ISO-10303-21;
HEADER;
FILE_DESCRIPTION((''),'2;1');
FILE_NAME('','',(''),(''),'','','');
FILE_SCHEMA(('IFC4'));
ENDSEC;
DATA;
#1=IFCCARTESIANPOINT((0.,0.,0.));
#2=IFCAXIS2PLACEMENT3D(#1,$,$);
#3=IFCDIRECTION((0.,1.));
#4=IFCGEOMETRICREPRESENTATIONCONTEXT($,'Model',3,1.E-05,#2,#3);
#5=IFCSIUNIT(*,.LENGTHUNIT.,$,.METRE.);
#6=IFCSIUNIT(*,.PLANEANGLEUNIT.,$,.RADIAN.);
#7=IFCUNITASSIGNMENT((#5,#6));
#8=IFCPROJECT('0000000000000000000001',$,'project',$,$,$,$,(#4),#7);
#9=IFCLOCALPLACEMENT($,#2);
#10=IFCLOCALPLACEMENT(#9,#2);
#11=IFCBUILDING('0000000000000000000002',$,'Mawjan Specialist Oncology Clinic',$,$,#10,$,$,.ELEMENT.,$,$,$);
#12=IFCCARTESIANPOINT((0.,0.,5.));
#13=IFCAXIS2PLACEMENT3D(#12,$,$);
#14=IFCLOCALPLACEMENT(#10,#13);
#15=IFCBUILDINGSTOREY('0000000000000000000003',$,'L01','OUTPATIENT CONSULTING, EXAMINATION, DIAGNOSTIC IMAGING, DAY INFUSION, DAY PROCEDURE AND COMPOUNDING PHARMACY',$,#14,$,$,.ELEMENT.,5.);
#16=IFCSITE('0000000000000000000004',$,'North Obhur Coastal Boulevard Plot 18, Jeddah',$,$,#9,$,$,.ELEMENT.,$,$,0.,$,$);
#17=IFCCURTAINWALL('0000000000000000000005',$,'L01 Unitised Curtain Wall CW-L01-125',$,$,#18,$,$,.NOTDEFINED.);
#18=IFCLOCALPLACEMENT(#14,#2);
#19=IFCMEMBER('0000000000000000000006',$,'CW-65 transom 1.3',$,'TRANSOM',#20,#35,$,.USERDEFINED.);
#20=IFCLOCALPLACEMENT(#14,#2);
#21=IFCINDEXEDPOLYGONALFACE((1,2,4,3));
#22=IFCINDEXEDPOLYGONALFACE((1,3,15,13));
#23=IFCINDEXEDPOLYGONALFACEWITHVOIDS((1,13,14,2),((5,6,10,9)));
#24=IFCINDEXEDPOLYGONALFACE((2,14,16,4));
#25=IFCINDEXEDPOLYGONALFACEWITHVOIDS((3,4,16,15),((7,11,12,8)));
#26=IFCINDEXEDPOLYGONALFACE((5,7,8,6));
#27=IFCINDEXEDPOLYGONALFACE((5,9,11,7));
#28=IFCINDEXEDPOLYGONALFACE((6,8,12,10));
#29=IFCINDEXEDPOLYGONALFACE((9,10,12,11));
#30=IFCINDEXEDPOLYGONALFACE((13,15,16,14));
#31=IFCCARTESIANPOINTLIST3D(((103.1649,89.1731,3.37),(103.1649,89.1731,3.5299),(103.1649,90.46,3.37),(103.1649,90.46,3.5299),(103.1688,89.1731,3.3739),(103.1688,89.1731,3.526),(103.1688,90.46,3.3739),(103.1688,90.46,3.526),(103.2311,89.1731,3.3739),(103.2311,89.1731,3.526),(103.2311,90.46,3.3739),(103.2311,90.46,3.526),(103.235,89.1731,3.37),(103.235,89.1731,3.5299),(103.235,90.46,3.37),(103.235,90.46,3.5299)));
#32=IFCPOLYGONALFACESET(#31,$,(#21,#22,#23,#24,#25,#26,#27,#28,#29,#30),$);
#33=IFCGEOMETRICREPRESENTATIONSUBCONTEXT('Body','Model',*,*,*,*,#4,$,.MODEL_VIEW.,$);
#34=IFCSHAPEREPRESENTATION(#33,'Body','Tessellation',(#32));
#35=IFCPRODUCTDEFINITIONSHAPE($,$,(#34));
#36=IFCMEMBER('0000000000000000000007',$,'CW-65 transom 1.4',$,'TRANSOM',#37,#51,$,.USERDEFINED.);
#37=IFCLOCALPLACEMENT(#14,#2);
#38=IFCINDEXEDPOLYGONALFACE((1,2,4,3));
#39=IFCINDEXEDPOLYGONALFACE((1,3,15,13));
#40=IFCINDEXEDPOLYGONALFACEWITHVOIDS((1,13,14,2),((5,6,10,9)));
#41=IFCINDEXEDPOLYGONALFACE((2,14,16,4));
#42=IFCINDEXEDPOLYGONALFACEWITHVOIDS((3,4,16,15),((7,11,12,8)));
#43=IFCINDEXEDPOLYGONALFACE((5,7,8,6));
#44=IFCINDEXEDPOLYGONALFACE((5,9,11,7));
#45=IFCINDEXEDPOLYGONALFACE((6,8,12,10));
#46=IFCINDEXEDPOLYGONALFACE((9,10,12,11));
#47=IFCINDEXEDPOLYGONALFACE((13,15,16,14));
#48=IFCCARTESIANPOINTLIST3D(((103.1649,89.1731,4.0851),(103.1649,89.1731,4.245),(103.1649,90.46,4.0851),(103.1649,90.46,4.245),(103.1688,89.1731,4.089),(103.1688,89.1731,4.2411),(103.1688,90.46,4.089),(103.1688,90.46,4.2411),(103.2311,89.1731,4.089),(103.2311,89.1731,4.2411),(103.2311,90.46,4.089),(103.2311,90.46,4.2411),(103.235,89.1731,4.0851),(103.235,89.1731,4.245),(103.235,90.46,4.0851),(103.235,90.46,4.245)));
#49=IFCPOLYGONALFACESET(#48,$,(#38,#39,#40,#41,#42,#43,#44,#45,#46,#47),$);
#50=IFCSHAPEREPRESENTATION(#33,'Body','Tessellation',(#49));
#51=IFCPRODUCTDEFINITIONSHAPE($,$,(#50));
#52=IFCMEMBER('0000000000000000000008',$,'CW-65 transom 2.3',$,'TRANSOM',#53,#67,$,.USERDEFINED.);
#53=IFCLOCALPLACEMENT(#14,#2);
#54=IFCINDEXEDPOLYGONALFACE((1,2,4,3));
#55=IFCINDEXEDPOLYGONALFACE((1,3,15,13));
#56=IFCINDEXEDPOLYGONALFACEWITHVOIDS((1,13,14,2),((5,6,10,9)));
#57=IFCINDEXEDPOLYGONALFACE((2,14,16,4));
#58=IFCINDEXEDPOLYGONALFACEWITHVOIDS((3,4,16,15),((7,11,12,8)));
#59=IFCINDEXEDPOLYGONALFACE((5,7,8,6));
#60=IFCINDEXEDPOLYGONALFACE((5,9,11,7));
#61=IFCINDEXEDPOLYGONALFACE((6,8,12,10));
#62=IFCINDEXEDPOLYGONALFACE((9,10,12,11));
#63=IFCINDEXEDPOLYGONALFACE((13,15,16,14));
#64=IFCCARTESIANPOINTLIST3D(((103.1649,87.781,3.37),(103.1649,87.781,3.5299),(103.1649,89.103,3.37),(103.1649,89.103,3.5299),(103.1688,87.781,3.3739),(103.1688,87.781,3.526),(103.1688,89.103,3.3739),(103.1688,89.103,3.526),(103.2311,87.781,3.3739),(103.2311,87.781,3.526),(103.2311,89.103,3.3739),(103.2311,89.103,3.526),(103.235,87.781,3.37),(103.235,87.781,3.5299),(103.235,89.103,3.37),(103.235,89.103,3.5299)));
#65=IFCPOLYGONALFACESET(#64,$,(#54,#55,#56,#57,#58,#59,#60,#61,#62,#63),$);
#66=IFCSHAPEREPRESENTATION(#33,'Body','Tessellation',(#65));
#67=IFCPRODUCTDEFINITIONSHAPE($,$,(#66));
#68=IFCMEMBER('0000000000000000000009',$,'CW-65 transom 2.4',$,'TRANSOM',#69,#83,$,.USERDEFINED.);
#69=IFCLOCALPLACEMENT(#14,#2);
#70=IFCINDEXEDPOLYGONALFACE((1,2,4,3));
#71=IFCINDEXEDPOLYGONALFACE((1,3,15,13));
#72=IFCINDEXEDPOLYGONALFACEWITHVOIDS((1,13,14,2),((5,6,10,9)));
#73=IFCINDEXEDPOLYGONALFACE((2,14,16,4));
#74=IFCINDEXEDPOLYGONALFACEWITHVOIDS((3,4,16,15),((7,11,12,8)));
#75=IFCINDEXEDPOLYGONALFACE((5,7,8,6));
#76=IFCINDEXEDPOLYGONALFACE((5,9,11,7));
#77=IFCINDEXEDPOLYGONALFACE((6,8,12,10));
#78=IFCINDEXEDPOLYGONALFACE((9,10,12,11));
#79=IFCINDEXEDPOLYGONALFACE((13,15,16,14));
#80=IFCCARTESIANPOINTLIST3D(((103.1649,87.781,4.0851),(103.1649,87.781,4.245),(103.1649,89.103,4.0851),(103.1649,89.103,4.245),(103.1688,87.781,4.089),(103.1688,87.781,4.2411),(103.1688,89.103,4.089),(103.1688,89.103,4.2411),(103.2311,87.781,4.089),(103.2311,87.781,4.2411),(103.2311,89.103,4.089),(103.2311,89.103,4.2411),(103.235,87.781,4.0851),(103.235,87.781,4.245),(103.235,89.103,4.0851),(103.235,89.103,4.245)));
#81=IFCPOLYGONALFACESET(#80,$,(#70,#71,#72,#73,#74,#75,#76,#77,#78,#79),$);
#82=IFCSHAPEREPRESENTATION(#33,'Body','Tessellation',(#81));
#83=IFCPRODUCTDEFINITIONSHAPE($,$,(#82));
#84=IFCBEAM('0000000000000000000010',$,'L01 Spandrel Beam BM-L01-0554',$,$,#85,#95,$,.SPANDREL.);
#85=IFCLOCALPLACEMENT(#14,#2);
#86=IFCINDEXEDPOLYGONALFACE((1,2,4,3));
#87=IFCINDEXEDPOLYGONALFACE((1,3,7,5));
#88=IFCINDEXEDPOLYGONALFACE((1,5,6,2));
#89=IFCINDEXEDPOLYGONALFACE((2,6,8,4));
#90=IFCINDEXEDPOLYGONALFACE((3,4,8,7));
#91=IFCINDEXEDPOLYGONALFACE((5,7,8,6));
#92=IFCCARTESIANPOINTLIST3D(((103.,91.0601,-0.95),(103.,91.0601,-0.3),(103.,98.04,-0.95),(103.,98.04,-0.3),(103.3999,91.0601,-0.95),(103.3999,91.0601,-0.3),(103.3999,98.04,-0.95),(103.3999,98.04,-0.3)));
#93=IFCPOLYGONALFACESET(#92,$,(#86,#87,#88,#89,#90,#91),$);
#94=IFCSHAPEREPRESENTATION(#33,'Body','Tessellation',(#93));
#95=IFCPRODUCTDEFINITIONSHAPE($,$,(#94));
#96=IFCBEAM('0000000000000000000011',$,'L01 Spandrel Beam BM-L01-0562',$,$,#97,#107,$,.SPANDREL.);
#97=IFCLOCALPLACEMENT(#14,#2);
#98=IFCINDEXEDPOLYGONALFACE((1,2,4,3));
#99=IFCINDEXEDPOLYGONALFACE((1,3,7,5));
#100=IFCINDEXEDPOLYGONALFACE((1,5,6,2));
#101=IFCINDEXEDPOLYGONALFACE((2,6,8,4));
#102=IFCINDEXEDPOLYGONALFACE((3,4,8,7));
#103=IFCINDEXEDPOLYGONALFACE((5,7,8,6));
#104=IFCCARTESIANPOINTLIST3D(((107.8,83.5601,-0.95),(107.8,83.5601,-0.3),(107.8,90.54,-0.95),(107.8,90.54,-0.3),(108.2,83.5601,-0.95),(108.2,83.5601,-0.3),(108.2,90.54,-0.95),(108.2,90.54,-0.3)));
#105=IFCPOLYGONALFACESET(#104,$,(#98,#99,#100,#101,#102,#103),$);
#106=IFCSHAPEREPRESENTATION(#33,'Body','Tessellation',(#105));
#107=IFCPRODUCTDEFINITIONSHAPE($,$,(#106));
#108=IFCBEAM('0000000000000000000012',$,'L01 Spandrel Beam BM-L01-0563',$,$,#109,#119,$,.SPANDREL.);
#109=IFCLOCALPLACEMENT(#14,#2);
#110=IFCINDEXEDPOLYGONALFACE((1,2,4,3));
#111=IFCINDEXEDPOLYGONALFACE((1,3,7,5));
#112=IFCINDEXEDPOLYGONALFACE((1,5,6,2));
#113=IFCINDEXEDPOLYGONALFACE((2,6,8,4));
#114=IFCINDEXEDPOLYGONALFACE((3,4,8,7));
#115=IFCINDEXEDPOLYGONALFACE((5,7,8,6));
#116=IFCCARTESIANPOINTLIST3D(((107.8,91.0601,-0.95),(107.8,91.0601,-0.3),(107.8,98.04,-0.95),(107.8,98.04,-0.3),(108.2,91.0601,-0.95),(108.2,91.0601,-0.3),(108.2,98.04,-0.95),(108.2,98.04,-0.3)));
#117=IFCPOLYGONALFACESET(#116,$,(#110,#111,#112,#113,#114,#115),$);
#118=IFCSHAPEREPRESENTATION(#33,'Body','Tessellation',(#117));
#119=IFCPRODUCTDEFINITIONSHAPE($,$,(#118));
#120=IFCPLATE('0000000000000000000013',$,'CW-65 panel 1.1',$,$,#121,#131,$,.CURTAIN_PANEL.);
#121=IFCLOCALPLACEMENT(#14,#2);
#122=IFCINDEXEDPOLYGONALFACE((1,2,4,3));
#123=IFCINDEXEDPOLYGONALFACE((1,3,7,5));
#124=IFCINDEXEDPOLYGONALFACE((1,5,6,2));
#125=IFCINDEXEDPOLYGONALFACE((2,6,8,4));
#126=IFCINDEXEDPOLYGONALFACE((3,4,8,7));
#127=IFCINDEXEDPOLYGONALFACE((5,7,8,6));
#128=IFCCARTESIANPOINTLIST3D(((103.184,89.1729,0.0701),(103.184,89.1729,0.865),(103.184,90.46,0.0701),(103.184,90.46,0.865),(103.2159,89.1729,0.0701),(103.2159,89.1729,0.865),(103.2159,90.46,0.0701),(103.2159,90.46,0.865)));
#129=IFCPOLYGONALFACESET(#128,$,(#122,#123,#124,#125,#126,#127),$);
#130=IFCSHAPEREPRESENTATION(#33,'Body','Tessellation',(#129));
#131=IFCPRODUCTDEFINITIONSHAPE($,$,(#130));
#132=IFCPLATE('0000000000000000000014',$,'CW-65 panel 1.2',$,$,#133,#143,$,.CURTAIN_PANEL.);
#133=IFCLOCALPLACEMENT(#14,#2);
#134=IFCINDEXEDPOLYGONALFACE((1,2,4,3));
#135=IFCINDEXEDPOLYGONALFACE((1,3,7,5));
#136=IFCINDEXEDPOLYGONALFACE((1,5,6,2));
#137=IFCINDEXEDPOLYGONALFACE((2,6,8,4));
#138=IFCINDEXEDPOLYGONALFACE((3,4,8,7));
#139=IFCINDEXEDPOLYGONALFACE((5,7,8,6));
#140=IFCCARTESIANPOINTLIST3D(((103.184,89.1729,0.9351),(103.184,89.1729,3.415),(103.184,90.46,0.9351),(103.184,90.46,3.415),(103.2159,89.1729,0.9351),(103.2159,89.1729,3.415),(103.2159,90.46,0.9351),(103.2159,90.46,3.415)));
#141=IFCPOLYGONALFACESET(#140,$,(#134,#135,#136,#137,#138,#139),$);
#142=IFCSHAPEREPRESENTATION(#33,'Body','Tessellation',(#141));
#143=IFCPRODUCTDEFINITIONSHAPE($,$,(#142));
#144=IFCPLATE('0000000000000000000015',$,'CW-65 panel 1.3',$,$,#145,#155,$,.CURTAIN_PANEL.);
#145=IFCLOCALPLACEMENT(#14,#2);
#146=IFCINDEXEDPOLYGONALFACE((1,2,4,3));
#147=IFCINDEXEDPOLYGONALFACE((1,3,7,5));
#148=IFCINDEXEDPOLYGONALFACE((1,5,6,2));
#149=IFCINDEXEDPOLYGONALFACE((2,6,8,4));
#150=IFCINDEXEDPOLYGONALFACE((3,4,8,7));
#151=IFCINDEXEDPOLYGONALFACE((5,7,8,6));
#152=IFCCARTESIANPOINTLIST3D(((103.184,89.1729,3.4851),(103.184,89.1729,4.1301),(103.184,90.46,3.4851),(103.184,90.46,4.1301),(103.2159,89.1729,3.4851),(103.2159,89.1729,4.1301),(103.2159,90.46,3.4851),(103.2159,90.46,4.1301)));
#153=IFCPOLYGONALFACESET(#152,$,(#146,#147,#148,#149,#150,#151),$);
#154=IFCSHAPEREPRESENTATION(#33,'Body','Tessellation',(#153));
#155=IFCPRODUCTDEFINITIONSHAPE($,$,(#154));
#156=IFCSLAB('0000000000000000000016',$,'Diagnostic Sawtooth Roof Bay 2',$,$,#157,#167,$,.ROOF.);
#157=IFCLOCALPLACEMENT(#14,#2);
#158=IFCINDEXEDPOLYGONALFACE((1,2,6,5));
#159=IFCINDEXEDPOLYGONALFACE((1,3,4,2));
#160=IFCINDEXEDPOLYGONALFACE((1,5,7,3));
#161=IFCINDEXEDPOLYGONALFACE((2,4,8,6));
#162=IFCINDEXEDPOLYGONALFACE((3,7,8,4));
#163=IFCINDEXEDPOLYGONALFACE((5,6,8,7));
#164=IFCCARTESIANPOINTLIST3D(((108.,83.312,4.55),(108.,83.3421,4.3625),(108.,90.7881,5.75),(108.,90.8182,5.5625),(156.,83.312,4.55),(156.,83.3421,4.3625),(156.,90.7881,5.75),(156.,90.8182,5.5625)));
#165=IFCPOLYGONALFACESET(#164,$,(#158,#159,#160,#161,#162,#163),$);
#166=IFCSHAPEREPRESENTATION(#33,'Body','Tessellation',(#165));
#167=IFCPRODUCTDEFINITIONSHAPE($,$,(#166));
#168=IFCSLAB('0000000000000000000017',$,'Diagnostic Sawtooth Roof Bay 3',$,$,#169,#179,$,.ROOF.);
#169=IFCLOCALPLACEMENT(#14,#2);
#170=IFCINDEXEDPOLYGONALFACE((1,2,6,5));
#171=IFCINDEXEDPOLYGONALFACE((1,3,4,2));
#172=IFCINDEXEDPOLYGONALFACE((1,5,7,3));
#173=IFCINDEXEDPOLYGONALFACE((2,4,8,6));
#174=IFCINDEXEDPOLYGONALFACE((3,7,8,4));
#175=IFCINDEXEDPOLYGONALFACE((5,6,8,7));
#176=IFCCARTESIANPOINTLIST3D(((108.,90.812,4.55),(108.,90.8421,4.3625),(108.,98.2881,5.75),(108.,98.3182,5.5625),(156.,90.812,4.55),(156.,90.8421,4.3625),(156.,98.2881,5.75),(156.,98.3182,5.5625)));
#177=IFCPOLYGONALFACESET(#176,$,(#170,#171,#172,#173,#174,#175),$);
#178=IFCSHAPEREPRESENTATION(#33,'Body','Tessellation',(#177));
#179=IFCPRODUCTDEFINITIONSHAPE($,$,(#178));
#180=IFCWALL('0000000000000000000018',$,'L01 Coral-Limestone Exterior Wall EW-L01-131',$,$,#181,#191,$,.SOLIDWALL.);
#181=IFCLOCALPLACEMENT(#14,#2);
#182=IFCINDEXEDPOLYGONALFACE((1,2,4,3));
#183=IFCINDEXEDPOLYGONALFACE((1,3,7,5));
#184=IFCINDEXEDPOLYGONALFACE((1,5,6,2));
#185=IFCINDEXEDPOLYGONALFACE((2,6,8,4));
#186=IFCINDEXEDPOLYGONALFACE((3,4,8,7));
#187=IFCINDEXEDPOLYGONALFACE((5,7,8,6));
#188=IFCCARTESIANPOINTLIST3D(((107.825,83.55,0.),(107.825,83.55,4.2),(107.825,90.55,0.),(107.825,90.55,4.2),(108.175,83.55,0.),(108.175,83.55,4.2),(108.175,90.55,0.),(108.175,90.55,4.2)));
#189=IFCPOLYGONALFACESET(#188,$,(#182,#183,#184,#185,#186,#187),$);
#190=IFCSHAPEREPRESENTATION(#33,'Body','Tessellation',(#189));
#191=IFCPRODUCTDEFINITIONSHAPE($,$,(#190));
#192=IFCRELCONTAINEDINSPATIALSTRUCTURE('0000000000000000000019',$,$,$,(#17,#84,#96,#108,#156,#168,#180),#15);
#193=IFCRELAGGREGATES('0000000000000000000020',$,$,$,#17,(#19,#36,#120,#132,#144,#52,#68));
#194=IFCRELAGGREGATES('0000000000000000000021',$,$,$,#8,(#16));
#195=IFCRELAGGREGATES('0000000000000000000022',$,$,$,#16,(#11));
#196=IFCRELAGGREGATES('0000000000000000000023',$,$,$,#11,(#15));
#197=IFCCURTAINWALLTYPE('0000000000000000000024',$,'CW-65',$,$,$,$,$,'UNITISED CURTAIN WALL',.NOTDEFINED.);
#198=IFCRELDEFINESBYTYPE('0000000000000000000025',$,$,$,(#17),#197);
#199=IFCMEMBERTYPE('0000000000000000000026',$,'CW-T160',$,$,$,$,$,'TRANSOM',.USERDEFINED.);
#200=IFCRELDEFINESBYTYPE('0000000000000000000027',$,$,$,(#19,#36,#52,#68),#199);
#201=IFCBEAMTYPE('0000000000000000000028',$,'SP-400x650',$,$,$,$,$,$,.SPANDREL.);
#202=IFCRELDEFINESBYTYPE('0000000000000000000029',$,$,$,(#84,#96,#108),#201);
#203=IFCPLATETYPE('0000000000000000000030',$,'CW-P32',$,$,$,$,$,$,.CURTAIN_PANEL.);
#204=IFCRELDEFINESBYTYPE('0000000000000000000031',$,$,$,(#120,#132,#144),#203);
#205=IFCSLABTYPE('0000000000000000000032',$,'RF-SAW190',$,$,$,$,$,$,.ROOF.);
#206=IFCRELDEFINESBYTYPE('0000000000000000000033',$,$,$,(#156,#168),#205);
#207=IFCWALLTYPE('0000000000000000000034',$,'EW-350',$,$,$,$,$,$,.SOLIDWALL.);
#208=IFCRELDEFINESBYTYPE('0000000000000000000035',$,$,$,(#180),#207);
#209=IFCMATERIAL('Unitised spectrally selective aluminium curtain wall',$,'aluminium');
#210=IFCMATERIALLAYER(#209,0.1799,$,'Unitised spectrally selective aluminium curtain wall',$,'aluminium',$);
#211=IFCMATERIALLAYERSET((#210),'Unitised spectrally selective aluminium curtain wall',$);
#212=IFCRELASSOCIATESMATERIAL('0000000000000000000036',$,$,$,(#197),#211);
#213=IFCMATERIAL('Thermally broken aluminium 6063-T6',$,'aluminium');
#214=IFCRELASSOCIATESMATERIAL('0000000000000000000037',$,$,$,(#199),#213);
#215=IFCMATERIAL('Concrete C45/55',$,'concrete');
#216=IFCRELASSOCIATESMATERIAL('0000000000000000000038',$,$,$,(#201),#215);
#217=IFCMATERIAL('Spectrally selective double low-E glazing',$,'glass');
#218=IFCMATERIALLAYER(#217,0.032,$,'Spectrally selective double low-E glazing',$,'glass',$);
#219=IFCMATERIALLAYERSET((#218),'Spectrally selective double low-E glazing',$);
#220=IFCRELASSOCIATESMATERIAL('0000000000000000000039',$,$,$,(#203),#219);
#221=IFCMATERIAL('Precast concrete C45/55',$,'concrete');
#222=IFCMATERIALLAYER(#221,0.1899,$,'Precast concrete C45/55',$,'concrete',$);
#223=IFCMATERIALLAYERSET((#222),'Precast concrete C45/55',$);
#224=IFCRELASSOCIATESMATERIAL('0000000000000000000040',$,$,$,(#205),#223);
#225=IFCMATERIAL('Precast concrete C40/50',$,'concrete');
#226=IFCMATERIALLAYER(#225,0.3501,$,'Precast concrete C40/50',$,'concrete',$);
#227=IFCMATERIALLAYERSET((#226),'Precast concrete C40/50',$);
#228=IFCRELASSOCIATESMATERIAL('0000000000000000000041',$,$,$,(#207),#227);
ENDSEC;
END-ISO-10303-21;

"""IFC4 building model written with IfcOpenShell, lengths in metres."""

from ifc_helpers import new_model, si_unit, direction, frame, frame_2d, origin, origin_2d, place, context, subcontext, project, spatial, polyline, rectangle, hollow_rectangle, outline, extrude, material, layer, layer_set, material_profile, profile_set, type_object, element, aggregate, save


model = new_model("IFC4")

# Units and contexts
model_context = context("Model", 3, precision=1e-05, world=origin(), true_north=direction((0.0, 1.0)))
body_context = subcontext(model_context, "Body", "Model", "MODEL_VIEW")
ifc_project = project(units=[si_unit("LENGTHUNIT", "METRE"), si_unit("PLANEANGLEUNIT", "RADIAN")], contexts=[model_context])

# Site, building, storey
site_placement = place(None, origin())
site = spatial("IfcSite", under=ifc_project, at=site_placement, Name="North Obhur Coastal Boulevard Plot 18, Jeddah", CompositionType="ELEMENT", RefElevation=0.0)
building_placement = place(site_placement, origin())
building = spatial("IfcBuilding", under=site, at=building_placement, Name="Mawjan Specialist Oncology Clinic", CompositionType="ELEMENT")
storey_placement = place(building_placement, frame((0.0, 0.0, 5.0)))
storey = spatial("IfcBuildingStorey", under=building, at=storey_placement, Name="L01", Description="OUTPATIENT CONSULTING, EXAMINATION, DIAGNOSTIC IMAGING, DAY INFUSION, DAY PROCEDURE AND COMPOUNDING PHARMACY", CompositionType="ELEMENT", Elevation=5.0)

# Curtain wall, members
ifc_material_1 = material(Name="Unitised spectrally selective aluminium curtain wall", Category="aluminium")
ifc_layer_1 = layer(ifc_material_1, 0.1799, Name="Unitised spectrally selective aluminium curtain wall", Category="aluminium")
ifc_layer_set_1 = layer_set([ifc_layer_1], Name="Unitised spectrally selective aluminium curtain wall")
curtain_wall_type = type_object("IfcCurtainWallType", Name="CW-65", ElementType="UNITISED CURTAIN WALL", PredefinedType="NOTDEFINED", material=ifc_layer_set_1)
curtain_wall_placement = place(storey_placement, origin())
curtain_wall = element("IfcCurtainWall", 1, at=curtain_wall_placement, inside=storey, type_object=curtain_wall_type, Name="L01 Unitised Curtain Wall CW-L01-125", PredefinedType="NOTDEFINED")
ifc_material_2 = material(Name="Thermally broken aluminium 6063-T6", Category="aluminium")
ifc_material_profile_1 = material_profile(ifc_material_2, hollow_rectangle(XDim=0.0701, YDim=0.1599, WallThickness=0.0039, at=origin_2d()), Name="ALU TRANSOM 160x70x4", Category="aluminium")
ifc_profile_set_1 = profile_set([ifc_material_profile_1], Name="Thermally broken aluminium 6063-T6")
member_type_1 = type_object("IfcMemberType", Name="CW-T160", ElementType="TRANSOM", PredefinedType="USERDEFINED", material=ifc_profile_set_1)
member_1_placement = place(storey_placement, frame((103.2, 90.46, 3.45), z_axis=(0.0, -1.0, 0.0), x_axis=(1.0, 0.0, 0.0)))
member_1 = element("IfcMember", 2, at=member_1_placement, type_object=member_type_1, Name="CW-65 transom 1.3", ObjectType="TRANSOM", PredefinedType="USERDEFINED", context=body_context, shape_type="SweptSolid", body=[
    extrude(hollow_rectangle(XDim=0.0701, YDim=0.1599, WallThickness=0.0039, at=origin_2d()), origin(), (0.0, 0.0, 1.0), 1.2869),
])
member_2_placement = place(storey_placement, frame((103.2, 90.46, 4.165), z_axis=(0.0, -1.0, 0.0), x_axis=(1.0, 0.0, 0.0)))
member_2 = element("IfcMember", 3, at=member_2_placement, type_object=member_type_1, Name="CW-65 transom 1.4", ObjectType="TRANSOM", PredefinedType="USERDEFINED", context=body_context, shape_type="SweptSolid", body=[
    extrude(hollow_rectangle(XDim=0.0701, YDim=0.1599, WallThickness=0.0039, at=origin_2d()), origin(), (0.0, 0.0, 1.0), 1.2869),
])
member_3_placement = place(storey_placement, frame((103.2, 89.103, 3.45), z_axis=(0.0, -1.0, 0.0), x_axis=(1.0, 0.0, 0.0)))
member_3 = element("IfcMember", 4, at=member_3_placement, type_object=member_type_1, Name="CW-65 transom 2.3", ObjectType="TRANSOM", PredefinedType="USERDEFINED", context=body_context, shape_type="SweptSolid", body=[
    extrude(hollow_rectangle(XDim=0.0701, YDim=0.1599, WallThickness=0.0039, at=origin_2d()), origin(), (0.0, 0.0, 1.0), 1.322),
])
member_4_placement = place(storey_placement, frame((103.2, 89.103, 4.165), z_axis=(0.0, -1.0, 0.0), x_axis=(1.0, 0.0, 0.0)))
member_4 = element("IfcMember", 5, at=member_4_placement, type_object=member_type_1, Name="CW-65 transom 2.4", ObjectType="TRANSOM", PredefinedType="USERDEFINED", context=body_context, shape_type="SweptSolid", body=[
    extrude(hollow_rectangle(XDim=0.0701, YDim=0.1599, WallThickness=0.0039, at=origin_2d()), origin(), (0.0, 0.0, 1.0), 1.322),
])

# Beams
ifc_material_3 = material(Name="Concrete C45/55", Category="concrete")
ifc_material_profile_2 = material_profile(ifc_material_3, rectangle(XDim=0.3999, YDim=0.6499, at=origin_2d()), Name="RC BM 400x650", Category="concrete")
ifc_profile_set_2 = profile_set([ifc_material_profile_2], Name="Concrete C45/55")
beam_type_1 = type_object("IfcBeamType", Name="SP-400x650", PredefinedType="SPANDREL", material=ifc_profile_set_2)
for number, where, z_axis, x_axis, name in (
    (6, (103.2, 91.0601, -0.625), (0.0, 1.0, 0.0), (-1.0, 0.0, 0.0), "L01 Spandrel Beam BM-L01-0554"),
    (7, (108.0, 83.5601, -0.625), (0.0, 1.0, 0.0), (-1.0, 0.0, 0.0), "L01 Spandrel Beam BM-L01-0562"),
    (8, (108.0, 91.0601, -0.625), (0.0, 1.0, 0.0), (-1.0, 0.0, 0.0), "L01 Spandrel Beam BM-L01-0563"),
):
    element("IfcBeam", number, at=place(storey_placement, frame(where, z_axis=z_axis, x_axis=x_axis)), inside=storey, type_object=beam_type_1, Name=name, PredefinedType="SPANDREL", context=body_context, shape_type="SweptSolid", body=[
        extrude(rectangle(XDim=0.3999, YDim=0.6499, at=origin_2d()), origin(), (0.0, 0.0, 1.0), 6.98),
    ])

# Plates
ifc_material_4 = material(Name="Spectrally selective double low-E glazing", Category="glass")
ifc_layer_2 = layer(ifc_material_4, 0.032, Name="Spectrally selective double low-E glazing", Category="glass")
ifc_layer_set_2 = layer_set([ifc_layer_2], Name="Spectrally selective double low-E glazing")
plate_type = type_object("IfcPlateType", Name="CW-P32", PredefinedType="CURTAIN_PANEL", material=ifc_layer_set_2)
plate_1_placement = place(storey_placement, frame((103.2, 89.8164, 0.0701), z_axis=(0.0, 0.0, 1.0), x_axis=(0.0, -1.0, 0.0)))
plate_1 = element("IfcPlate", 9, at=plate_1_placement, type_object=plate_type, Name="CW-65 panel 1.1", PredefinedType="CURTAIN_PANEL", context=body_context, shape_type="SweptSolid", body=[
    extrude(rectangle(XDim=1.2871, YDim=0.032, at=origin_2d()), origin(), (0.0, 0.0, 1.0), 0.7949),
])
plate_2_placement = place(storey_placement, frame((103.2, 89.8164, 0.9351), z_axis=(0.0, 0.0, 1.0), x_axis=(0.0, -1.0, 0.0)))
plate_2 = element("IfcPlate", 10, at=plate_2_placement, type_object=plate_type, Name="CW-65 panel 1.2", PredefinedType="CURTAIN_PANEL", context=body_context, shape_type="SweptSolid", body=[
    extrude(rectangle(XDim=1.2871, YDim=0.032, at=origin_2d()), origin(), (0.0, 0.0, 1.0), 2.48),
])
plate_3_placement = place(storey_placement, frame((103.2, 89.8164, 3.4851), z_axis=(0.0, 0.0, 1.0), x_axis=(0.0, -1.0, 0.0)))
plate_3 = element("IfcPlate", 11, at=plate_3_placement, type_object=plate_type, Name="CW-65 panel 1.3", PredefinedType="CURTAIN_PANEL", context=body_context, shape_type="SweptSolid", body=[
    extrude(rectangle(XDim=1.2871, YDim=0.032, at=origin_2d()), origin(), (0.0, 0.0, 1.0), 0.645),
])
aggregate(curtain_wall, [member_1, member_2, plate_1, plate_2, plate_3, member_3, member_4])

# Slabs
ifc_material_5 = material(Name="Precast concrete C45/55", Category="concrete")
ifc_layer_3 = layer(ifc_material_5, 0.1899, Name="Precast concrete C45/55", Category="concrete")
ifc_layer_set_3 = layer_set([ifc_layer_3], Name="Precast concrete C45/55")
slab_type = type_object("IfcSlabType", Name="RF-SAW190", PredefinedType="ROOF", material=ifc_layer_set_3)
for number, where, z_axis, x_axis, name in (
    (12, (108.0, 83.312, 4.55), (0.0, -0.158477, 0.987363), (1.0, 0.0, 0.0), "Diagnostic Sawtooth Roof Bay 2"),
    (13, (108.0, 90.812, 4.55), (0.0, -0.158477, 0.987363), (1.0, 0.0, 0.0), "Diagnostic Sawtooth Roof Bay 3"),
):
    element("IfcSlab", number, at=place(storey_placement, frame(where, z_axis=z_axis, x_axis=x_axis)), inside=storey, type_object=slab_type, Name=name, PredefinedType="ROOF", context=body_context, shape_type="SweptSolid", body=[
        extrude(outline(polyline([(0.0, 0.0), (48.0, 0.0), (48.0, 7.5718), (0.0, 7.5718), (0.0, 0.0)])), origin(), (0.0, 0.0, -1.0), 0.1899),
    ])

# Wall
ifc_material_6 = material(Name="Precast concrete C40/50", Category="concrete")
ifc_layer_4 = layer(ifc_material_6, 0.3501, Name="Precast concrete C40/50", Category="concrete")
ifc_layer_set_4 = layer_set([ifc_layer_4], Name="Precast concrete C40/50")
wall_type_1 = type_object("IfcWallType", Name="EW-350", PredefinedType="SOLIDWALL", material=ifc_layer_set_4)
for number, where, z_axis, x_axis, name in (
    (14, (108.0, 83.55, 0.0), (0.0, 0.0, 1.0), (0.0, 1.0, 0.0), "L01 Coral-Limestone Exterior Wall EW-L01-131"),
):
    element("IfcWall", number, at=place(storey_placement, frame(where, z_axis=z_axis, x_axis=x_axis)), inside=storey, type_object=wall_type_1, Name=name, PredefinedType="SOLIDWALL", context=body_context, shape_type="SweptSolid", body=[
        extrude(rectangle(XDim=7.0, YDim=0.3501, at=frame_2d((3.5, 0.0))), origin(), (0.0, 0.0, 1.0), 4.2),
    ])

save(model, "model.ifc")
